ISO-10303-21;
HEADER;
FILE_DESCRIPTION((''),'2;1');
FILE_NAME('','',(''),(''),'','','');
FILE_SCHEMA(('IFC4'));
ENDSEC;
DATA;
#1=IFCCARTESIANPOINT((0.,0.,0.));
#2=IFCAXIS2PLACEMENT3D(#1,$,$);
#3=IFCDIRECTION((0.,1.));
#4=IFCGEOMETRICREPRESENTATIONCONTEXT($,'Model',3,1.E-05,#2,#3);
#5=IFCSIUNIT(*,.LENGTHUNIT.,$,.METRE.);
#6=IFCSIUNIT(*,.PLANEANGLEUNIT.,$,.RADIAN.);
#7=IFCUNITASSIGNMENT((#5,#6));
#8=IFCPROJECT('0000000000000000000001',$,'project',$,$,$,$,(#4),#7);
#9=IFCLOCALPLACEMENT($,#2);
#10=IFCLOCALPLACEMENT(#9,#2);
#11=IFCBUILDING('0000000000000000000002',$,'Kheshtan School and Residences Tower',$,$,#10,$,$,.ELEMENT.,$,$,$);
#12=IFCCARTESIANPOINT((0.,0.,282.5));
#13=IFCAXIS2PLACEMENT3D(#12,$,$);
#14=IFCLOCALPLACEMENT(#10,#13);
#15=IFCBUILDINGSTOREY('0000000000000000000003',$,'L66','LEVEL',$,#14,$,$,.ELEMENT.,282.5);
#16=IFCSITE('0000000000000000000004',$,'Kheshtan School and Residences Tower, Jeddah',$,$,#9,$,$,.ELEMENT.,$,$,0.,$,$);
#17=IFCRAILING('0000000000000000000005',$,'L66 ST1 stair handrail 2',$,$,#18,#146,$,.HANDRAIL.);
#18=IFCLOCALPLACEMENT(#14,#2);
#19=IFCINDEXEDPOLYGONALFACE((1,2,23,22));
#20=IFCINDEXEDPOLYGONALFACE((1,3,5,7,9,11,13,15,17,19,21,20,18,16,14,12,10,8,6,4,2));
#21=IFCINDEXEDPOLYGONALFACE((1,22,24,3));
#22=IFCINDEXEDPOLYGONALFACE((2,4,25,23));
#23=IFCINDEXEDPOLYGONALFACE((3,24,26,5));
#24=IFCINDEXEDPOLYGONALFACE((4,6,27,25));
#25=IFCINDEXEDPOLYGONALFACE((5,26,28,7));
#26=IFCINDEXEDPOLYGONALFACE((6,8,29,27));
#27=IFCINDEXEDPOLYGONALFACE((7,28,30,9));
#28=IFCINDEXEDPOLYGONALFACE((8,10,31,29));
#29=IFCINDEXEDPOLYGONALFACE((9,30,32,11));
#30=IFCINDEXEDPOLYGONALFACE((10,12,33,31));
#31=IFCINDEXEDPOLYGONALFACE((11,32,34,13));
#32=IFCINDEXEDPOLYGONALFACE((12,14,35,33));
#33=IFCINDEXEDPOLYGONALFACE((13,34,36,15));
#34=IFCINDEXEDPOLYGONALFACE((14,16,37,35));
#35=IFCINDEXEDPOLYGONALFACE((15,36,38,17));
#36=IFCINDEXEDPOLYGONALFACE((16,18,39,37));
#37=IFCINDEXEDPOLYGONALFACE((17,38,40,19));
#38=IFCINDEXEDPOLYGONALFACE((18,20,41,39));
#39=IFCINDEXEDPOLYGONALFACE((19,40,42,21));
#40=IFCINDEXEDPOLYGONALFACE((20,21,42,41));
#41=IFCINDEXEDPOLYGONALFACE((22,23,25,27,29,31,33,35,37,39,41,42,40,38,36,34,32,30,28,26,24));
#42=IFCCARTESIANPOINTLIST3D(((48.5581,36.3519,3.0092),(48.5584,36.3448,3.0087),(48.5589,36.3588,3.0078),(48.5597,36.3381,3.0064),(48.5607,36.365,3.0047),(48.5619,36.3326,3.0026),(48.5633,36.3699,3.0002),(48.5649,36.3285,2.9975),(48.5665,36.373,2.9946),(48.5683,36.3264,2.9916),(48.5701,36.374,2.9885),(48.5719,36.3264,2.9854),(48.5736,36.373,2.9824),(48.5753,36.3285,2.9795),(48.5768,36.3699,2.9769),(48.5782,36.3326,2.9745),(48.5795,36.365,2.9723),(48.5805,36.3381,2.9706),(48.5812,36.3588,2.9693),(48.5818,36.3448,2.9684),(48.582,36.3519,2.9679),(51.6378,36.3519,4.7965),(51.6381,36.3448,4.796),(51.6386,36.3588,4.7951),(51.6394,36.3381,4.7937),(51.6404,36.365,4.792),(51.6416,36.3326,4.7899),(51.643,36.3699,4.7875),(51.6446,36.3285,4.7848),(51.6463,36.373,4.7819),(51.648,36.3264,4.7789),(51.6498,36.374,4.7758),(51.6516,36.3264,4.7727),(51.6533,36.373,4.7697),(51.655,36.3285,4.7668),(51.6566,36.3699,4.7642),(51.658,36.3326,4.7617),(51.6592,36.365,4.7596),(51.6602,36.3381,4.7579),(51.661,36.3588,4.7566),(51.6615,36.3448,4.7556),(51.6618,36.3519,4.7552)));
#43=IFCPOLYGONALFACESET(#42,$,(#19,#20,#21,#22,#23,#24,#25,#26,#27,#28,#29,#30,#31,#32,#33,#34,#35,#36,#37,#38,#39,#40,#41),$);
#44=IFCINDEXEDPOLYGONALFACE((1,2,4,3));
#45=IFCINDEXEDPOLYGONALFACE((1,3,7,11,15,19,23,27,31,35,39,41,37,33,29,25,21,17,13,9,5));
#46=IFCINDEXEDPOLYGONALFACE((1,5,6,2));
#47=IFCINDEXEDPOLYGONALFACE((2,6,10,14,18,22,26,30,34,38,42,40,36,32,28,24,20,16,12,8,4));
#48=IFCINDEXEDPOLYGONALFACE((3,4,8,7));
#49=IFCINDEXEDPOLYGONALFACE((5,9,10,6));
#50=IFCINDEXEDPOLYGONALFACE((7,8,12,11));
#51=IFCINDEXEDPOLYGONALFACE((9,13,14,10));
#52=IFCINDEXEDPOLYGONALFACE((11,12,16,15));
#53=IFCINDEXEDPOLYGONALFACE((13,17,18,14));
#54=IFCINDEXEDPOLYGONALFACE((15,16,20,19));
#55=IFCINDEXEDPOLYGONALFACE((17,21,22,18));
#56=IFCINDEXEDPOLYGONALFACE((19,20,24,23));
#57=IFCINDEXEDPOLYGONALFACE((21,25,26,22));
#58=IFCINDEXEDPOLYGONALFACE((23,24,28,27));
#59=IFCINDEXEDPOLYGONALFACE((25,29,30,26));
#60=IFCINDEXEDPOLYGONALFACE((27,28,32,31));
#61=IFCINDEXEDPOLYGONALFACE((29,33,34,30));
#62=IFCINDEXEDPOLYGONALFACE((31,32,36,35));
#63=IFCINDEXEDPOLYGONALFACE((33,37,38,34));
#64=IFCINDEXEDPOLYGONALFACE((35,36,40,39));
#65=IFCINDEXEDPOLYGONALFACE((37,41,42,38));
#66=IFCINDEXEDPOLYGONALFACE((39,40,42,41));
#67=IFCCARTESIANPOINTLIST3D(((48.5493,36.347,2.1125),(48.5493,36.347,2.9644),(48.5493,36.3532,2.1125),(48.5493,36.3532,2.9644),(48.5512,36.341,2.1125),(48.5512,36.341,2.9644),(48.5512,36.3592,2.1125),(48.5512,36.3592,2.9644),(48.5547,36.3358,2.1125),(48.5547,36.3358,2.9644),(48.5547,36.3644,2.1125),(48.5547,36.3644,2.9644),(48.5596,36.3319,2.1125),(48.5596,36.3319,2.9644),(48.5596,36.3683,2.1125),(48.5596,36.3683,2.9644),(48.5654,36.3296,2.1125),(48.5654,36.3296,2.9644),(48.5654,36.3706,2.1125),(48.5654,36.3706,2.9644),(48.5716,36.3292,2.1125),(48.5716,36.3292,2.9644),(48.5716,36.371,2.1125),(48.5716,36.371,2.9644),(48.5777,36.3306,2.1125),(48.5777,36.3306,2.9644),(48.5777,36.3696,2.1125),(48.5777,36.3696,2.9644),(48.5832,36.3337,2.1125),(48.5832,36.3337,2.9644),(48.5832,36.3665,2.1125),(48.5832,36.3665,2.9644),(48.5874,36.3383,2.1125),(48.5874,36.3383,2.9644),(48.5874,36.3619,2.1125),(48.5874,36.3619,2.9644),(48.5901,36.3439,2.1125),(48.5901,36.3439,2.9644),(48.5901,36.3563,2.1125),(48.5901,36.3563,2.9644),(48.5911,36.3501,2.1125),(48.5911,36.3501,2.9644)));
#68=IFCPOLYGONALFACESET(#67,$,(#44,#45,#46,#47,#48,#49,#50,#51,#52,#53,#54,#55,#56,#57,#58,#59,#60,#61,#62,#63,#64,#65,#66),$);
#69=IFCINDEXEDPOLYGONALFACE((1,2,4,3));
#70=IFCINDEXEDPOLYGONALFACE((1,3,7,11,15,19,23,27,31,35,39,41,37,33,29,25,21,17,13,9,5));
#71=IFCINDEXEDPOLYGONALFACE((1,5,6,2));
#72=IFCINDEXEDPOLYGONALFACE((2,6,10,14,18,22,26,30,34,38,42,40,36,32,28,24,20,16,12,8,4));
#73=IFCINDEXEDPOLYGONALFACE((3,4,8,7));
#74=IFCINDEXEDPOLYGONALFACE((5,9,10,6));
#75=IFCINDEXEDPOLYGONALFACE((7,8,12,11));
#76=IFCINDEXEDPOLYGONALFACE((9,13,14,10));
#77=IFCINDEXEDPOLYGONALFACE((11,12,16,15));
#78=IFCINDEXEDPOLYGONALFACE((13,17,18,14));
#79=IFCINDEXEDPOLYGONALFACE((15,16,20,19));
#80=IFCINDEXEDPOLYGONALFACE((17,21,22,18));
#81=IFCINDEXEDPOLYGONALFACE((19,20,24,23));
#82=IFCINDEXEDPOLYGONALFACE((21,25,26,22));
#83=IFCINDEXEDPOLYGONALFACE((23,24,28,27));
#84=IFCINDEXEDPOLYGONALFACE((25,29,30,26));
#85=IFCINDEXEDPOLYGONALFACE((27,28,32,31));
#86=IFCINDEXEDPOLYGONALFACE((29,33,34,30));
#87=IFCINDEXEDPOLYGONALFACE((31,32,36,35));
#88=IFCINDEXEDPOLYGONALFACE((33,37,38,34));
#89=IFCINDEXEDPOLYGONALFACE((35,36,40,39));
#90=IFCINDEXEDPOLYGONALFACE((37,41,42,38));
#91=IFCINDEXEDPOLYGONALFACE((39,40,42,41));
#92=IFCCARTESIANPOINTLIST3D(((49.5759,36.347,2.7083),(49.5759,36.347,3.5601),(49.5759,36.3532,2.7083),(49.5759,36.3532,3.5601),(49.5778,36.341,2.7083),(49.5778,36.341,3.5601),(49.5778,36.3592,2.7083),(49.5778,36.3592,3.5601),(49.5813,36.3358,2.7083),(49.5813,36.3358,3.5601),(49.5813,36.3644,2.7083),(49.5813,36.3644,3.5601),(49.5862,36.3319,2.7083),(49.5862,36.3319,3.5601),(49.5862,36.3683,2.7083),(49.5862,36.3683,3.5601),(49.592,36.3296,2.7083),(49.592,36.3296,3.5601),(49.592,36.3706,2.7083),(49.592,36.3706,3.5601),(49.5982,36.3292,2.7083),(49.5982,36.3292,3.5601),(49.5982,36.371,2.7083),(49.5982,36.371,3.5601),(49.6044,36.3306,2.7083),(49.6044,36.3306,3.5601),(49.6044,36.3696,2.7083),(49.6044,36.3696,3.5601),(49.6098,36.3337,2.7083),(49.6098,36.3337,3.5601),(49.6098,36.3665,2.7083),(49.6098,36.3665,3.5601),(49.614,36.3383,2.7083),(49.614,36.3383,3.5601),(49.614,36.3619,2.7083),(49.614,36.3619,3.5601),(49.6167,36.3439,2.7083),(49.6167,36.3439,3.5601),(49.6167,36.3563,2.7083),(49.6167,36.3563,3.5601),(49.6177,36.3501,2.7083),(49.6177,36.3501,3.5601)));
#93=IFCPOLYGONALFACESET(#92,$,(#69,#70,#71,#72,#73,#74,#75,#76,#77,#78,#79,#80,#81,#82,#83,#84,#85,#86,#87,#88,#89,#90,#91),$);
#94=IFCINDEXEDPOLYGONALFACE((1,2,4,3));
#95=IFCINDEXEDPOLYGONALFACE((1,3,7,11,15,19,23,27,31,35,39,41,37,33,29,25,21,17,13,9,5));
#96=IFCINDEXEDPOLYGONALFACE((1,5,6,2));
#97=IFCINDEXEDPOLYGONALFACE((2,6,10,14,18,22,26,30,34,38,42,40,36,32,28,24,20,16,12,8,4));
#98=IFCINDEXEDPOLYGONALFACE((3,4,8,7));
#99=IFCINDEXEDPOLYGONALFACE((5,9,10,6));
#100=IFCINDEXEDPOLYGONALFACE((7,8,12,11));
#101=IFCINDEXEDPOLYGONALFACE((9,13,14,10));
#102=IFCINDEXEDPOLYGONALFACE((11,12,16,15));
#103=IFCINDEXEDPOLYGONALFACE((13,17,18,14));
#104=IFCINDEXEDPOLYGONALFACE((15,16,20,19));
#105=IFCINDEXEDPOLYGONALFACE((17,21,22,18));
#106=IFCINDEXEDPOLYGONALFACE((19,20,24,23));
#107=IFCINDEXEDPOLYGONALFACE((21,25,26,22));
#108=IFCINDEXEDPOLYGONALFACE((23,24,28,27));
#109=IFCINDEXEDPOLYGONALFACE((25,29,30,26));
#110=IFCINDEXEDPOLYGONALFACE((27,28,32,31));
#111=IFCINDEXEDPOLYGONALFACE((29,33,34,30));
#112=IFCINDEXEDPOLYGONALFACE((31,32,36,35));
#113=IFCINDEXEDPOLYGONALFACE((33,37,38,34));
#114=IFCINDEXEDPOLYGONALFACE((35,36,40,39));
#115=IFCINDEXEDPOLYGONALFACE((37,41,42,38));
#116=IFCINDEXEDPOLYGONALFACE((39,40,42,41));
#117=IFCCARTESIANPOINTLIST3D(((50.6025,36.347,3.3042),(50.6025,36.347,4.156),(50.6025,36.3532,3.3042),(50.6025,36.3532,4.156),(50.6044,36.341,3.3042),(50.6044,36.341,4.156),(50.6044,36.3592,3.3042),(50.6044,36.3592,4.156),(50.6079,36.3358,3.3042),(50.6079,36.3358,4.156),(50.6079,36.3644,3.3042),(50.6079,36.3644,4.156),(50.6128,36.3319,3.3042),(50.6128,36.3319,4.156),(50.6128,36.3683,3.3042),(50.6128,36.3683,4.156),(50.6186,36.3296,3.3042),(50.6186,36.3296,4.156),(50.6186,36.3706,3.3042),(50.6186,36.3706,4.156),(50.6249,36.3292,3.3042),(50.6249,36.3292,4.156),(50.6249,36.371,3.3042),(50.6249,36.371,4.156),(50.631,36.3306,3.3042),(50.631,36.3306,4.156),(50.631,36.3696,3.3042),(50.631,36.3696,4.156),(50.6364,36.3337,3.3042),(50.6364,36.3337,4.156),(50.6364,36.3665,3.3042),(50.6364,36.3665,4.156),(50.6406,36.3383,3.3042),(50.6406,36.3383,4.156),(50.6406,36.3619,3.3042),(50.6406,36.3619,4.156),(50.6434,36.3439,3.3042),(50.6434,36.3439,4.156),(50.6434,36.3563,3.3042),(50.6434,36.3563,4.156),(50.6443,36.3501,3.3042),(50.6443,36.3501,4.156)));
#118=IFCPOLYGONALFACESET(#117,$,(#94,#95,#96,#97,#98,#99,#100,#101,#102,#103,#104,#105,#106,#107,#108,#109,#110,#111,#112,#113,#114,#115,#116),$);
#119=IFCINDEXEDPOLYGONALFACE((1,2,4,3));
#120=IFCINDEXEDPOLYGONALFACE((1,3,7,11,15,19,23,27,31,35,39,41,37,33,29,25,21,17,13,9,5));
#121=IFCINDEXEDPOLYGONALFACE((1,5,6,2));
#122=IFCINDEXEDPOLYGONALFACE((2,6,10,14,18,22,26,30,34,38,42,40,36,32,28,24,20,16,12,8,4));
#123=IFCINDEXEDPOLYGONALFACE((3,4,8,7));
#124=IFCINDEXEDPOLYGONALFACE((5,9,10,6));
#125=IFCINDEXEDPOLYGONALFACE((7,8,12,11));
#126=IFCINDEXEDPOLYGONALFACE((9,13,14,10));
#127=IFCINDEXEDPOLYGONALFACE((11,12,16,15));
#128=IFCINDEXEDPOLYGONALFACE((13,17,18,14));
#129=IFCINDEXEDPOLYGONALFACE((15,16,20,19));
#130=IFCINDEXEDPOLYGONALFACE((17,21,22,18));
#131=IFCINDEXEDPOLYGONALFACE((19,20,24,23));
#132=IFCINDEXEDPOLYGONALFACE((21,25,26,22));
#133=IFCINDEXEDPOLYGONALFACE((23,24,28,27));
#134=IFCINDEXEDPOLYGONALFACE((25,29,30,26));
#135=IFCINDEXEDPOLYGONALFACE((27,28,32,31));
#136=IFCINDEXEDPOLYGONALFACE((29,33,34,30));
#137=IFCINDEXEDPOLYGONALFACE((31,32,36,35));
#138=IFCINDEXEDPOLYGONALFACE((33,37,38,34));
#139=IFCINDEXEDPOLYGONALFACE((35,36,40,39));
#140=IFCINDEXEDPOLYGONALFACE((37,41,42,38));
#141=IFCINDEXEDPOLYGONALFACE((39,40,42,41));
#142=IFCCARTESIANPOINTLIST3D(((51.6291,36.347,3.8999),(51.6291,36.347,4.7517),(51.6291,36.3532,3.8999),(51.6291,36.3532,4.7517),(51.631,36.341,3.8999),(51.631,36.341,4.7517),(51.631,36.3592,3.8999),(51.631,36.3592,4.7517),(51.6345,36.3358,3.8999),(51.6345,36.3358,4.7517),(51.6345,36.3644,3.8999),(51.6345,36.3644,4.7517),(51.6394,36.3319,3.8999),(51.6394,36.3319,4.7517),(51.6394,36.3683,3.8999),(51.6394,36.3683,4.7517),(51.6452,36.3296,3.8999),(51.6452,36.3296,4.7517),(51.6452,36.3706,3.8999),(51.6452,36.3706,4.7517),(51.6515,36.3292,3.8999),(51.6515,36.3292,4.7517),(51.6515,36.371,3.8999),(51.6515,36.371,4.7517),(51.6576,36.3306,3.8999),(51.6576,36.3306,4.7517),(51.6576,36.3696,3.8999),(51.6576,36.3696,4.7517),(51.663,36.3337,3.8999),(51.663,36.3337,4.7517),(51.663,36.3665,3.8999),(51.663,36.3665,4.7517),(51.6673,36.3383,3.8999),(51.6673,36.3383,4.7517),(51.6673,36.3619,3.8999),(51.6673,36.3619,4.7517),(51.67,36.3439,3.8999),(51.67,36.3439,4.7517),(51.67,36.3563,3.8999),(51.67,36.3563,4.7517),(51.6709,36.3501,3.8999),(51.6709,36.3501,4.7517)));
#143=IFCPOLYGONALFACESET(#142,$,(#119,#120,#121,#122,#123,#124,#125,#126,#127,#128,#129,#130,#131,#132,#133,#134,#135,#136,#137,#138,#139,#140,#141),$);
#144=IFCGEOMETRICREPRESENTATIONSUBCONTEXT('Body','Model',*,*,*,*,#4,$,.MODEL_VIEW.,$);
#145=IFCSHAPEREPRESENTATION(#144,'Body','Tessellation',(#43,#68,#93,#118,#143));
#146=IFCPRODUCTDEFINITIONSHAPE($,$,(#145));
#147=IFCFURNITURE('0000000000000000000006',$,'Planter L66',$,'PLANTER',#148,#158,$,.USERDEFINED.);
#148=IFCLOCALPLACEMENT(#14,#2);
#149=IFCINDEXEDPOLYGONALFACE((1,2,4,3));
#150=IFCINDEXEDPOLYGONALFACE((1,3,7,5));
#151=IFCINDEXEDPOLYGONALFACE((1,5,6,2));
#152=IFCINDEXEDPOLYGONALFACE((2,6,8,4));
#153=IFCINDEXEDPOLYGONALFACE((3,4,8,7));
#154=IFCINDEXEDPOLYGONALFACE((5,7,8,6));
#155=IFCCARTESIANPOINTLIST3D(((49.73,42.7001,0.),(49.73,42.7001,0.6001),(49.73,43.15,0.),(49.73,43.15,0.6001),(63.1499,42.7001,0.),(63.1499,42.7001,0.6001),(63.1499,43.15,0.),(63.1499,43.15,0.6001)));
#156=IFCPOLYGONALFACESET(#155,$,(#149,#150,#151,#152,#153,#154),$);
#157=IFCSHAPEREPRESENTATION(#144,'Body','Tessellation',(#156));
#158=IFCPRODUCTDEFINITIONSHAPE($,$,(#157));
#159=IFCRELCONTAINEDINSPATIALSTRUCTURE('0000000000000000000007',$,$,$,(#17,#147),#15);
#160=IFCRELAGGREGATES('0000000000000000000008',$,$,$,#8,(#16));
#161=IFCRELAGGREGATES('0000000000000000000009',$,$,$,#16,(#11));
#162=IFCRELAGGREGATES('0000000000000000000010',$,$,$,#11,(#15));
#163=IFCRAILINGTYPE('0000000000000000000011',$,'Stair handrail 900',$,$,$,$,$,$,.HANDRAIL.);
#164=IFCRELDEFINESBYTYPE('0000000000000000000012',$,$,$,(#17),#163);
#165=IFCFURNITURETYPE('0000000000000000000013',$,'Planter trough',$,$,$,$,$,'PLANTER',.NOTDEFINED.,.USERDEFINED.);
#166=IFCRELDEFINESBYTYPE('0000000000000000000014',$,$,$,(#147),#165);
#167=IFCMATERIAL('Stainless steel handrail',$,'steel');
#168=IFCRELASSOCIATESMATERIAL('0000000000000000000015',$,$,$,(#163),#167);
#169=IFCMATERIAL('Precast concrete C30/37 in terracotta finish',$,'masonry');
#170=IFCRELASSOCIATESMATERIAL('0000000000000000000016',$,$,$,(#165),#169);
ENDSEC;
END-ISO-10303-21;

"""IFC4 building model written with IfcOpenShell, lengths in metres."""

from ifc_helpers import new_model, si_unit, direction, frame, origin, origin_2d, place, context, subcontext, project, spatial, rectangle, circle, extrude, material, type_object, element, save


model = new_model("IFC4")

# Units and contexts
model_context = context("Model", 3, precision=1e-05, world=origin(), true_north=direction((0.0, 1.0)))
body_context = subcontext(model_context, "Body", "Model", "MODEL_VIEW")
ifc_project = project(units=[si_unit("LENGTHUNIT", "METRE"), si_unit("PLANEANGLEUNIT", "RADIAN")], contexts=[model_context])

# Site, building, storey
site_placement = place(None, origin())
site = spatial("IfcSite", under=ifc_project, at=site_placement, Name="Kheshtan School and Residences Tower, Jeddah", CompositionType="ELEMENT", RefElevation=0.0)
building_placement = place(site_placement, origin())
building = spatial("IfcBuilding", under=site, at=building_placement, Name="Kheshtan School and Residences Tower", CompositionType="ELEMENT")
storey_placement = place(building_placement, frame((0.0, 0.0, 282.5)))
storey = spatial("IfcBuildingStorey", under=building, at=storey_placement, Name="L66", Description="LEVEL", CompositionType="ELEMENT", Elevation=282.5)

# Railing
ifc_material_1 = material(Name="Stainless steel handrail", Category="steel")
railing_type_1 = type_object("IfcRailingType", Name="Stair handrail 900", PredefinedType="HANDRAIL", material=ifc_material_1)
railing_1_placement = place(storey_placement, frame((48.5701, 36.3501, 2.1125)))
element("IfcRailing", 1, at=railing_1_placement, inside=storey, type_object=railing_type_1, Name="L66 ST1 stair handrail 2", PredefinedType="HANDRAIL", context=body_context, shape_type="SweptSolid", body=[
    extrude(circle(Radius=0.0239, at=origin_2d()), frame((0.0, 0.0, 0.876), z_axis=(0.864903, 0.0, 0.501939), x_axis=(0.0, 1.0, 0.0)), (0.0, 0.0, 1.0), 3.5608),
    extrude(circle(Radius=0.021, at=origin_2d()), origin(), (0.0, 0.0, 1.0), 0.8518),
    extrude(circle(Radius=0.021, at=origin_2d()), frame((1.0266, 0.0, 0.5957)), (0.0, 0.0, 1.0), 0.8518),
    extrude(circle(Radius=0.021, at=origin_2d()), frame((2.0532, 0.0, 1.1917)), (0.0, 0.0, 1.0), 0.8518),
    extrude(circle(Radius=0.021, at=origin_2d()), frame((3.0798, 0.0, 1.7874)), (0.0, 0.0, 1.0), 0.8518),
])

# Furniture
ifc_material_2 = material(Name="Precast concrete C30/37 in terracotta finish", Category="masonry")
furniture_type = type_object("IfcFurnitureType", Name="Planter trough", ElementType="PLANTER", AssemblyPlace="NOTDEFINED", PredefinedType="USERDEFINED", material=ifc_material_2)
furniture_placement = place(storey_placement, frame((56.4399, 42.925, 0.0), z_axis=(0.0, 0.0, 1.0), x_axis=(1.0, 0.0, 0.0)))
element("IfcFurniture", 2, at=furniture_placement, inside=storey, type_object=furniture_type, Name="Planter L66", ObjectType="PLANTER", PredefinedType="USERDEFINED", context=body_context, shape_type="SweptSolid", body=[
    extrude(rectangle(XDim=13.4199, YDim=0.45, at=origin_2d()), origin(), (0.0, 0.0, 1.0), 0.6001),
])

save(model, "model.ifc")
